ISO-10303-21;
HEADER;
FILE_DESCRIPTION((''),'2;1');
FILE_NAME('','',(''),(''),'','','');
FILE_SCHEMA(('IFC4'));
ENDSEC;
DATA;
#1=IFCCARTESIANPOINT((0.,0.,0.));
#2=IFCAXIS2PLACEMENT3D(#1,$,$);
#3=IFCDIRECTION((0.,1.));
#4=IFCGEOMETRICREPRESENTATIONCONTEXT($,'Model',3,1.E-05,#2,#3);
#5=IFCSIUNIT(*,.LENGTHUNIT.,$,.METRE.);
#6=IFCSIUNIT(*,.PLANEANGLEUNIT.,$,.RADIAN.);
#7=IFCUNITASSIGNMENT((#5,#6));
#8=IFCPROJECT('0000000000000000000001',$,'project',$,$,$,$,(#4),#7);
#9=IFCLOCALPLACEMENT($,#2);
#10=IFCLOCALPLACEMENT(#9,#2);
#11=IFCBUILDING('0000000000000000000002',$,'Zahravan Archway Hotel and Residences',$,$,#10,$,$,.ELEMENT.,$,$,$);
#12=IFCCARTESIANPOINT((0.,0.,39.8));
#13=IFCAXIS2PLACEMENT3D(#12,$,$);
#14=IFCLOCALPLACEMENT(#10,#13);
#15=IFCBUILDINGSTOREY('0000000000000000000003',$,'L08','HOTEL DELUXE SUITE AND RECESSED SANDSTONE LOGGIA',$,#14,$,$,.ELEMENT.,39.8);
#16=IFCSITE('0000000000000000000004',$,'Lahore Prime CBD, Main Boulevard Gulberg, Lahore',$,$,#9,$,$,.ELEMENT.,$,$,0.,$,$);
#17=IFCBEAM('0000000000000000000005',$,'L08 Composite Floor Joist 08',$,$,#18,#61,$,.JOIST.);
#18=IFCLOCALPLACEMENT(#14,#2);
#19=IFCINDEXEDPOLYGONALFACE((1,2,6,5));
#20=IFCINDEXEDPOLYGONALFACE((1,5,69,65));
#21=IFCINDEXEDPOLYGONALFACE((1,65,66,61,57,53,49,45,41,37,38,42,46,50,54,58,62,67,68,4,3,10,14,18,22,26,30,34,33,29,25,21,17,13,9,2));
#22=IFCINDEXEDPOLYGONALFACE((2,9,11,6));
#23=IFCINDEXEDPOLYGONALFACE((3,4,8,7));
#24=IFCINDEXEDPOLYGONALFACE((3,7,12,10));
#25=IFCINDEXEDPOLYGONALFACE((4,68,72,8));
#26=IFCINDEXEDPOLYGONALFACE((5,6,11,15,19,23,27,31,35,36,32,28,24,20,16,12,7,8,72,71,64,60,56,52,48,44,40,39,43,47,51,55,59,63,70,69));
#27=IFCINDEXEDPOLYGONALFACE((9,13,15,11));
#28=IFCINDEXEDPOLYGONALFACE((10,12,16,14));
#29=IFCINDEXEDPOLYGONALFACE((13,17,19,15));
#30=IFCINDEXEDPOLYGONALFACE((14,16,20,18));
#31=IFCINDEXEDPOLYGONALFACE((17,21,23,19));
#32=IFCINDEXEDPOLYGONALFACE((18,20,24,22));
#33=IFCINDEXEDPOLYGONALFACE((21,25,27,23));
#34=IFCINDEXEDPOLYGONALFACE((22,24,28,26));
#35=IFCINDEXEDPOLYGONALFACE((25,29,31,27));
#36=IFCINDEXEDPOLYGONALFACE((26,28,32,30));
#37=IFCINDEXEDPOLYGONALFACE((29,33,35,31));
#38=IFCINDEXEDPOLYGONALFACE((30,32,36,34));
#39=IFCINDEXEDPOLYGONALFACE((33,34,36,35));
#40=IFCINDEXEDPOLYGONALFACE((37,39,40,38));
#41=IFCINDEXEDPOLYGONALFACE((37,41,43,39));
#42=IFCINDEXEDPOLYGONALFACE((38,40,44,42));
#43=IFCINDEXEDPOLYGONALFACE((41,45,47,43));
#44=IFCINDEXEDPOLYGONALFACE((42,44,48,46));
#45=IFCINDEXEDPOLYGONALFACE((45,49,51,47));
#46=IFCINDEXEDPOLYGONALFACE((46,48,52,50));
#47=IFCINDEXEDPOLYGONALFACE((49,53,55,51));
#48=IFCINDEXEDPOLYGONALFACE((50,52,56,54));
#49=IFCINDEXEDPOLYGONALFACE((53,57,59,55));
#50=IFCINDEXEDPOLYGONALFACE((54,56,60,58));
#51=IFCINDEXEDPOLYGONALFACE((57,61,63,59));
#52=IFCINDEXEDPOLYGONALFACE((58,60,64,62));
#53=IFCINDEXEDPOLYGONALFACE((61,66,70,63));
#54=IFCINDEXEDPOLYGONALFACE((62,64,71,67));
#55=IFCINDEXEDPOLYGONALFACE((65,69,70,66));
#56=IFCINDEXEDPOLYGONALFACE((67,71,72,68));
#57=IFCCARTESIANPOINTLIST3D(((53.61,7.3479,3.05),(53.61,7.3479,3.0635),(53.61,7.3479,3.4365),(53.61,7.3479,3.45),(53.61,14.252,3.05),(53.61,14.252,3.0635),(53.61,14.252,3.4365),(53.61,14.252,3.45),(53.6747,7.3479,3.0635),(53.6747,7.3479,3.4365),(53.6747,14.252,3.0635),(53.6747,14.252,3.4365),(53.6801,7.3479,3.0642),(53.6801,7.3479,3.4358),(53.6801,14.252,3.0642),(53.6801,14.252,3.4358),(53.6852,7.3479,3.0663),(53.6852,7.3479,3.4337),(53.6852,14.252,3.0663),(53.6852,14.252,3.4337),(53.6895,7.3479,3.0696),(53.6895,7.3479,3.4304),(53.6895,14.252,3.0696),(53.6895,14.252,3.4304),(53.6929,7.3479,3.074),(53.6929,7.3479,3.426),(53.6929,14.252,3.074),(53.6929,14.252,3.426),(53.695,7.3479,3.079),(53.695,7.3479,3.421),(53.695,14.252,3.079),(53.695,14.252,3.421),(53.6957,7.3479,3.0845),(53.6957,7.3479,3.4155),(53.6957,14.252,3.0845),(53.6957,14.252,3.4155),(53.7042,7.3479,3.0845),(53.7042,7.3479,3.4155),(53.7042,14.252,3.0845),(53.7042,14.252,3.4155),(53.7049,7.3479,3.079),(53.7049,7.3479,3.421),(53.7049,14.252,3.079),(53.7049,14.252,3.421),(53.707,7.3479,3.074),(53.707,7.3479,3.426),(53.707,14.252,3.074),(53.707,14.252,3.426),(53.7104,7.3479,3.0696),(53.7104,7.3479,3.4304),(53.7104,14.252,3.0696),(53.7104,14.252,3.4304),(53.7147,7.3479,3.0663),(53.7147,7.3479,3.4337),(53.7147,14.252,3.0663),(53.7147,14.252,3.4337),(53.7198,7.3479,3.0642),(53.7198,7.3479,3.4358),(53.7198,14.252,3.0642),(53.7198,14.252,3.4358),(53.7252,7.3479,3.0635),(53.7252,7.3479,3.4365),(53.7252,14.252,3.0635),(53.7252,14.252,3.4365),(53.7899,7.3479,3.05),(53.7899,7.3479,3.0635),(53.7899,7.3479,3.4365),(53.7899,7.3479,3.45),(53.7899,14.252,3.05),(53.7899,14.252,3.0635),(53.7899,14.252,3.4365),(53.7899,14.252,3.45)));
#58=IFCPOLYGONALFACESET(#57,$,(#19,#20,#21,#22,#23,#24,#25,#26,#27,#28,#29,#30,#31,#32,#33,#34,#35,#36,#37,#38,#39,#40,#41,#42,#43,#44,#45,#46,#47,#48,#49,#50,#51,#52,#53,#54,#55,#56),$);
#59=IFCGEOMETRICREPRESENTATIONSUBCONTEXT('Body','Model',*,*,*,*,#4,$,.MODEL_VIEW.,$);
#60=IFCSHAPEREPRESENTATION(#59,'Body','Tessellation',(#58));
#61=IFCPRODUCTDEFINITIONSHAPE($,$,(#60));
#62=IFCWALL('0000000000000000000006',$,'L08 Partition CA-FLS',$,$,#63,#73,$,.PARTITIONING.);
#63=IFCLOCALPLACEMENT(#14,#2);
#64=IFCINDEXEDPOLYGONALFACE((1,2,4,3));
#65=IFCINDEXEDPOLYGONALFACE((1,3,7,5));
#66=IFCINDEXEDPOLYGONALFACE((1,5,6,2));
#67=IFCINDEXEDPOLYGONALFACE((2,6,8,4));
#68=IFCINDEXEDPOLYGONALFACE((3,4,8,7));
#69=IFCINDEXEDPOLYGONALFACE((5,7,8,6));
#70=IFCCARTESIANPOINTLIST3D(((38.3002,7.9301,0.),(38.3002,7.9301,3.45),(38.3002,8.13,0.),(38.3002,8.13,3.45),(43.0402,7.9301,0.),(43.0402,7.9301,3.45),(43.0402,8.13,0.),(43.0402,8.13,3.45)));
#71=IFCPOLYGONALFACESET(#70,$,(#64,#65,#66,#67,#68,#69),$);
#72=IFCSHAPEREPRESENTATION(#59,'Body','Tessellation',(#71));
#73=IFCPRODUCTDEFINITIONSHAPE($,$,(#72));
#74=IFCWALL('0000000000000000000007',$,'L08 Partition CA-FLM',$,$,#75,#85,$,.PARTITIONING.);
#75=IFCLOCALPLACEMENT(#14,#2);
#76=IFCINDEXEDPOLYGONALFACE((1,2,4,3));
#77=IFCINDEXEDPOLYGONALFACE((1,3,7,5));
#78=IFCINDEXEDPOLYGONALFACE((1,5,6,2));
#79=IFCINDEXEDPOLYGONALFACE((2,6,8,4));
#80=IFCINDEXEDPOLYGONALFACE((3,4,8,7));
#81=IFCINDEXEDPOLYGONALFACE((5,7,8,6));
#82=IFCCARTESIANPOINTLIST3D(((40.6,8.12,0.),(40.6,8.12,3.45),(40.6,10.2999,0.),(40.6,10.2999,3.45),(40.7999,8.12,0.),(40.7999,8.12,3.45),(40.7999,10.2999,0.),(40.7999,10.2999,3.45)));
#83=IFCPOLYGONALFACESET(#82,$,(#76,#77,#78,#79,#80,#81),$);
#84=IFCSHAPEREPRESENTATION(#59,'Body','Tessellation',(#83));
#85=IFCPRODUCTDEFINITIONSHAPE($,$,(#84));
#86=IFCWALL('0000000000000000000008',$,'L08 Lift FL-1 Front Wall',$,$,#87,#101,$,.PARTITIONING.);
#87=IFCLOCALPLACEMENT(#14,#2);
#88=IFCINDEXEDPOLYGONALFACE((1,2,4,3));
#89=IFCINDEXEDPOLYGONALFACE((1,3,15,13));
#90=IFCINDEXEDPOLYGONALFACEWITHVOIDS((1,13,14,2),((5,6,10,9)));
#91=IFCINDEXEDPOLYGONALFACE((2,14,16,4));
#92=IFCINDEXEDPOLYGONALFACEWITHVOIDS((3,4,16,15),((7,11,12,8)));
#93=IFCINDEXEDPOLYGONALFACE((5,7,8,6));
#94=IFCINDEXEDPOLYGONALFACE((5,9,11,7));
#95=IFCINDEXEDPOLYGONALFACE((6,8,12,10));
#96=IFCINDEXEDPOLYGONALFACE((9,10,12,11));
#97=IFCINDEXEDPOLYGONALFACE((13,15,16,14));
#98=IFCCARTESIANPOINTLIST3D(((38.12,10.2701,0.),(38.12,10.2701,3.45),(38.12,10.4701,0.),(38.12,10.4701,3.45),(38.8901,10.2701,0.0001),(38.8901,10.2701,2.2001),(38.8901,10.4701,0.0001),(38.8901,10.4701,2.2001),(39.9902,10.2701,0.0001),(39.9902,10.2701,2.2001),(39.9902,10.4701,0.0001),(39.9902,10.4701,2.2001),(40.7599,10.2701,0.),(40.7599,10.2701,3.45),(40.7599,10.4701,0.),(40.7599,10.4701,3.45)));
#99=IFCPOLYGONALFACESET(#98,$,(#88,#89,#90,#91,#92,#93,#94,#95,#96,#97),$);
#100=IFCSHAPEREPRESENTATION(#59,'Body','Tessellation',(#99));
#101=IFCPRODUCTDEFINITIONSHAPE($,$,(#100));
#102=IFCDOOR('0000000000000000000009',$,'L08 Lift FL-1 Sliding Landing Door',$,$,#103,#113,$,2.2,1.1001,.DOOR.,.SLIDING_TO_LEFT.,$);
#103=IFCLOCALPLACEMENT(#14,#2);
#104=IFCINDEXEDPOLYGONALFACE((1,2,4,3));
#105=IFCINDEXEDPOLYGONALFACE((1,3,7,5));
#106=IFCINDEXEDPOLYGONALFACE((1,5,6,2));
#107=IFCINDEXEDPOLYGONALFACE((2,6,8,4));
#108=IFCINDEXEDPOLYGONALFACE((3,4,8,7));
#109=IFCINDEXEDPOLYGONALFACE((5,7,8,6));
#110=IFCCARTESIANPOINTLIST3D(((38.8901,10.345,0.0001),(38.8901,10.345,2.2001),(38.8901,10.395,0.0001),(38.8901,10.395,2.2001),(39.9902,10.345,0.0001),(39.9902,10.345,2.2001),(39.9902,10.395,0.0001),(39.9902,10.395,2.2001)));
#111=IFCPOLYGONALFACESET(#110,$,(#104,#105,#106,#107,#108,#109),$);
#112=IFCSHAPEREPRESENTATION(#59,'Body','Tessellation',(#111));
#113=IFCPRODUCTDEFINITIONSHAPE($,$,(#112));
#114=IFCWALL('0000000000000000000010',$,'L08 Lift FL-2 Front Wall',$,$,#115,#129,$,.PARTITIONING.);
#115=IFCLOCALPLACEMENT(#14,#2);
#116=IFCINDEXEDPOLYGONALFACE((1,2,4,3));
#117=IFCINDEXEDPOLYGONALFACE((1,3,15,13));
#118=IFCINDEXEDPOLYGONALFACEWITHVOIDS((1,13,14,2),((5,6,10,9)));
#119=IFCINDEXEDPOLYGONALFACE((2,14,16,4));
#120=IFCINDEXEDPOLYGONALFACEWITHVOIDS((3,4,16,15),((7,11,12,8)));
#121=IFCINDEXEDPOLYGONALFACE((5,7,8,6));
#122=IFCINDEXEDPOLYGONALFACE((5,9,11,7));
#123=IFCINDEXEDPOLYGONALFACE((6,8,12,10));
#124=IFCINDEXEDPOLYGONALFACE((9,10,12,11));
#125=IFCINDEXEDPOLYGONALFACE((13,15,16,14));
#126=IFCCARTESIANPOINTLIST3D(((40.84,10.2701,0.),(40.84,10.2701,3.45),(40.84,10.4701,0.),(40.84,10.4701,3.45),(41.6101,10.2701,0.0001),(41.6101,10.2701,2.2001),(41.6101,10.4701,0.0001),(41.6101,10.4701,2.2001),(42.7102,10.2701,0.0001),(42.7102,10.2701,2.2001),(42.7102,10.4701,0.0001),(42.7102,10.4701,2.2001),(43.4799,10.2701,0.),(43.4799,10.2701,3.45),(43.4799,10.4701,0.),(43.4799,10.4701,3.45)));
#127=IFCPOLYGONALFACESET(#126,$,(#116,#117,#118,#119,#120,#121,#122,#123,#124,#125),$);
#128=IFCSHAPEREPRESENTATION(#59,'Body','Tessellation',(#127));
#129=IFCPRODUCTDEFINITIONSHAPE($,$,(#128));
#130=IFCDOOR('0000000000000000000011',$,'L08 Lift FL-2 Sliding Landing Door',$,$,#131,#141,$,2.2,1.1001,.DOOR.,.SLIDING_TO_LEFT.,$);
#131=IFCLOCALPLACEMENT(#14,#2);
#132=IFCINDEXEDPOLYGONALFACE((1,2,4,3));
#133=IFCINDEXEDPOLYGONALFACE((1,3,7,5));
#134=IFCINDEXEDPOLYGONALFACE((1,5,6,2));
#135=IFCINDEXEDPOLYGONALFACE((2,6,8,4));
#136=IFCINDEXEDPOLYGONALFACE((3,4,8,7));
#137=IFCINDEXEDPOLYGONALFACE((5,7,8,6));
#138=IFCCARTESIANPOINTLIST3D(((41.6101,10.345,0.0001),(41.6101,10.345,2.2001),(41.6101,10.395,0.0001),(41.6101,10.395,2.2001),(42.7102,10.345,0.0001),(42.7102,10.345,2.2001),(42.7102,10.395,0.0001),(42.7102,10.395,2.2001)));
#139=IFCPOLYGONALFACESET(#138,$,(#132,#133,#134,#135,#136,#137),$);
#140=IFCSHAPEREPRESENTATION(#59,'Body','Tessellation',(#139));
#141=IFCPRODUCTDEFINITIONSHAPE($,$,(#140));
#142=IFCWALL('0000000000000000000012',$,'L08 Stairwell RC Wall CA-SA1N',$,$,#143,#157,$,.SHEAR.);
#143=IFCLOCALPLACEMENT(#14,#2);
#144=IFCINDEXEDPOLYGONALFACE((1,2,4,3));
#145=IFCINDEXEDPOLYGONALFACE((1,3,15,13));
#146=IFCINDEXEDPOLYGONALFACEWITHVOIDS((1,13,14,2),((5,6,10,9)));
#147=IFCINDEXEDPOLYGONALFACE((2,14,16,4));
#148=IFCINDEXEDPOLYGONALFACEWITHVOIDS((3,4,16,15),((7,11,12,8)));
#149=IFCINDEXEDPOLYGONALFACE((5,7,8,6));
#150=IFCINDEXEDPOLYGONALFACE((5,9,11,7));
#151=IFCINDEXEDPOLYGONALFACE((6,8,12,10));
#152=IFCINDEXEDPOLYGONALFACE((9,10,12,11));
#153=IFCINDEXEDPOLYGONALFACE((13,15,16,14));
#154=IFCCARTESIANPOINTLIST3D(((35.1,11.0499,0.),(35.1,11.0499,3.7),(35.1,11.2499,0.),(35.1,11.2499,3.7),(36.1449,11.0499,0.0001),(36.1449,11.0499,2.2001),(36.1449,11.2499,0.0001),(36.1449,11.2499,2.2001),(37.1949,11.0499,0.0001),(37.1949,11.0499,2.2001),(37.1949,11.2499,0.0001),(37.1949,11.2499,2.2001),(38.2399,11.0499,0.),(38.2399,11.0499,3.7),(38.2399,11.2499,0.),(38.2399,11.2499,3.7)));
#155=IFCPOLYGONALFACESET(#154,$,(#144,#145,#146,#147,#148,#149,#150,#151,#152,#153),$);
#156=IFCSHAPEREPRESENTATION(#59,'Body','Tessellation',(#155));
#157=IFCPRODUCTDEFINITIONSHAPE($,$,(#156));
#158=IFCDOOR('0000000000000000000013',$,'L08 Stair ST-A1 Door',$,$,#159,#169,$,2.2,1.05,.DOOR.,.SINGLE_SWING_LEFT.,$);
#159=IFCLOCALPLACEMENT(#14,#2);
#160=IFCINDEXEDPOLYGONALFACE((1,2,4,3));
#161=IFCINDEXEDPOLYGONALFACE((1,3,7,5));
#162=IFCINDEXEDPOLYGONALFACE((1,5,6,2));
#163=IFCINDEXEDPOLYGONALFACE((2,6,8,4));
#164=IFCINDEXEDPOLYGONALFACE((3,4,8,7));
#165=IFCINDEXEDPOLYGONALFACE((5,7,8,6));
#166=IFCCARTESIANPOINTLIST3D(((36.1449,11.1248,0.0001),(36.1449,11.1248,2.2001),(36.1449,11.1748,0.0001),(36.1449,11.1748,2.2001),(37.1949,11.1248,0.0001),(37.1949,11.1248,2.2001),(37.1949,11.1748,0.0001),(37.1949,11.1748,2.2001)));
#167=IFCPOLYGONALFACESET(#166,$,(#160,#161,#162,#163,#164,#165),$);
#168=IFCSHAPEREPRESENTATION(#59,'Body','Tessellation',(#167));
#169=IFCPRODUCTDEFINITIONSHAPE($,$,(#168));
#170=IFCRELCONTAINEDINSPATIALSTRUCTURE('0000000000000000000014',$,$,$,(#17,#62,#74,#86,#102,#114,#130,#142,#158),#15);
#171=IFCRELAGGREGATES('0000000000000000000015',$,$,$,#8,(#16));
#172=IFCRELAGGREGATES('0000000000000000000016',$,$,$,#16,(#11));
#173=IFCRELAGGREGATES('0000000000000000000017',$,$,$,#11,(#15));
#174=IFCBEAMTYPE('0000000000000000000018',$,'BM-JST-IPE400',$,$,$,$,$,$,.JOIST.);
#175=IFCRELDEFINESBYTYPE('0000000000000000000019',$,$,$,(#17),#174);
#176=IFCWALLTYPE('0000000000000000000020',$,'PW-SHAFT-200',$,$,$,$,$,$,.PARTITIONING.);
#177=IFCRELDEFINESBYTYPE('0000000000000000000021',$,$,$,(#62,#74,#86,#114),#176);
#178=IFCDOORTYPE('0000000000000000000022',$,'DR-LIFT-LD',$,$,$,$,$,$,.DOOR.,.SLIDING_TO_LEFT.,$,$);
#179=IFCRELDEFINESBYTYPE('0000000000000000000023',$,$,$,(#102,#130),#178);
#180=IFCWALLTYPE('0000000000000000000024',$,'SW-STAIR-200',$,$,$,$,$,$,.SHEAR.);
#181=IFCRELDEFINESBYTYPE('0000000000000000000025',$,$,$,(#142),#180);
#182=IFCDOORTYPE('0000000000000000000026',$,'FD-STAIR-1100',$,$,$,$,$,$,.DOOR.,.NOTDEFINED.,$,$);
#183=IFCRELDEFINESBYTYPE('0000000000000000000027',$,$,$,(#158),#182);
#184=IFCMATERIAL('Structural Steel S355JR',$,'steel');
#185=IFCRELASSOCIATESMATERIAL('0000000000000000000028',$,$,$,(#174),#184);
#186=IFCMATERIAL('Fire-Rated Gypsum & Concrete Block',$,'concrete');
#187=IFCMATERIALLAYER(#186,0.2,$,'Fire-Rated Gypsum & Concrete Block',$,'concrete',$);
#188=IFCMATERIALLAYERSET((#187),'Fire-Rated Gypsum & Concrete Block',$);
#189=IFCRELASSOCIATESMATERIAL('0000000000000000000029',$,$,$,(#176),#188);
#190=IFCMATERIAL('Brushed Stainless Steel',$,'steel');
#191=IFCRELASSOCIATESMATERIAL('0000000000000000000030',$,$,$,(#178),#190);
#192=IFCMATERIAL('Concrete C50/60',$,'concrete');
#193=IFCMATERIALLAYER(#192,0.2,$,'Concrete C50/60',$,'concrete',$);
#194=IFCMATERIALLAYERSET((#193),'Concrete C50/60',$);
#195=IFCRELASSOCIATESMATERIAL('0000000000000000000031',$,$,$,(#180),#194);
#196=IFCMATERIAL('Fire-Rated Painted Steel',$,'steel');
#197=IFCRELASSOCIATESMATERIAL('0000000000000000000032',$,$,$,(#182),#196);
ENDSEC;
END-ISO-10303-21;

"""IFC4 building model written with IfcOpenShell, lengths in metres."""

from ifc_helpers import new_model, si_unit, direction, frame, frame_2d, origin, origin_2d, place, context, subcontext, project, spatial, rectangle, i_section, extrude, source, transform, mapped, material, layer, layer_set, material_profile, profile_set, type_object, type_shapes, element, fill, save


model = new_model("IFC4")

# Units and contexts
model_context = context("Model", 3, precision=1e-05, world=origin(), true_north=direction((0.0, 1.0)))
body_context = subcontext(model_context, "Body", "Model", "MODEL_VIEW")
ifc_project = project(units=[si_unit("LENGTHUNIT", "METRE"), si_unit("PLANEANGLEUNIT", "RADIAN")], contexts=[model_context])

# Site, building, storey
site_placement = place(None, origin())
site = spatial("IfcSite", under=ifc_project, at=site_placement, Name="Lahore Prime CBD, Main Boulevard Gulberg, Lahore", CompositionType="ELEMENT", RefElevation=0.0)
building_placement = place(site_placement, origin())
building = spatial("IfcBuilding", under=site, at=building_placement, Name="Zahravan Archway Hotel and Residences", CompositionType="ELEMENT")
storey_placement = place(building_placement, frame((0.0, 0.0, 39.8)))
storey = spatial("IfcBuildingStorey", under=building, at=storey_placement, Name="L08", Description="HOTEL DELUXE SUITE AND RECESSED SANDSTONE LOGGIA", CompositionType="ELEMENT", Elevation=39.8)

# Beam
ifc_material_1 = material(Name="Structural Steel S355JR", Category="steel")
ifc_material_profile = material_profile(ifc_material_1, i_section(OverallWidth=0.1799, OverallDepth=0.3999, WebThickness=0.0085, FlangeThickness=0.0134, FilletRadius=0.021, at=origin_2d()), Name="IPE 400", Category="steel")
ifc_profile_set = profile_set([ifc_material_profile], Name="Structural Steel S355JR")
beam_type = type_object("IfcBeamType", Name="BM-JST-IPE400", PredefinedType="JOIST", material=ifc_profile_set)
shared_shape_1 = source(origin(), body_context, "Body", "SweptSolid", [
    extrude(i_section(OverallWidth=0.1799, OverallDepth=0.3999, WebThickness=0.0085, FlangeThickness=0.0134, FilletRadius=0.021, at=origin_2d()), origin(), (0.0, 0.0, 1.0), 6.9041),
])
type_shapes(beam_type, [shared_shape_1])
beam_placement = place(storey_placement, frame((53.7, 7.3479, 3.25), z_axis=(0.0, 1.0, 0.0), x_axis=(-1.0, 0.0, 0.0)))
element("IfcBeam", 1, at=beam_placement, inside=storey, type_object=beam_type, Name="L08 Composite Floor Joist 08", PredefinedType="JOIST", context=body_context, shape_type="MappedRepresentation", body=[
    mapped(shared_shape_1, transform((0.0, 0.0, 0.0), scale=1.0)),
])

# Walls
ifc_material_2 = material(Name="Fire-Rated Gypsum & Concrete Block", Category="concrete")
ifc_layer_1 = layer(ifc_material_2, 0.2, Name="Fire-Rated Gypsum & Concrete Block", Category="concrete")
ifc_layer_set_1 = layer_set([ifc_layer_1], Name="Fire-Rated Gypsum & Concrete Block")
wall_type_1 = type_object("IfcWallType", Name="PW-SHAFT-200", PredefinedType="PARTITIONING", material=ifc_layer_set_1)
wall_1_placement = place(storey_placement, frame((38.3, 8.03, 0.0), z_axis=(0.0, 0.0, 1.0), x_axis=(1.0, 0.0, 0.0)))
element("IfcWall", 2, at=wall_1_placement, inside=storey, type_object=wall_type_1, Name="L08 Partition CA-FLS", PredefinedType="PARTITIONING", context=body_context, shape_type="SweptSolid", body=[
    extrude(rectangle(XDim=4.74, YDim=0.2, at=frame_2d((2.3701, 0.0))), origin(), (0.0, 0.0, 1.0), 3.45),
])
wall_2_placement = place(storey_placement, frame((40.7, 8.1201, 0.0), z_axis=(0.0, 0.0, 1.0), x_axis=(0.0, 1.0, 0.0)))
element("IfcWall", 3, at=wall_2_placement, inside=storey, type_object=wall_type_1, Name="L08 Partition CA-FLM", PredefinedType="PARTITIONING", context=body_context, shape_type="SweptSolid", body=[
    extrude(rectangle(XDim=2.1799, YDim=0.2, at=frame_2d((1.0898, 0.0))), origin(), (0.0, 0.0, 1.0), 3.45),
])

# Walls, openings, doors
wall_3_placement = place(storey_placement, frame((38.1201, 10.3701, 0.0), z_axis=(0.0, 0.0, 1.0), x_axis=(1.0, 0.0, 0.0)))
wall_3 = element("IfcWall", 4, at=wall_3_placement, inside=storey, type_object=wall_type_1, Name="L08 Lift FL-1 Front Wall", PredefinedType="PARTITIONING", context=body_context, shape_type="SweptSolid", body=[
    extrude(rectangle(XDim=2.6399, YDim=0.2, at=frame_2d((1.3198, 0.0))), origin(), (0.0, 0.0, 1.0), 3.45),
])
opening_1_placement = place(wall_3_placement, frame((0.77, 0.0, 0.0)))
opening_1 = element("IfcOpeningElement", 5, at=opening_1_placement, cuts=wall_3, PredefinedType="OPENING", context=body_context, shape_type="SweptSolid", body=[
    extrude(rectangle(XDim=1.1001, YDim=2.2, at=frame_2d((0.55, 1.1001))), frame((0.0, 0.1099, 0.0), z_axis=(0.0, -1.0, 0.0), x_axis=(1.0, 0.0, 0.0)), (0.0, 0.0, 1.0), 0.22),
])
ifc_material_3 = material(Name="Brushed Stainless Steel", Category="steel")
door_type_1 = type_object("IfcDoorType", Name="DR-LIFT-LD", OperationType="SLIDING_TO_LEFT", PredefinedType="DOOR", material=ifc_material_3)
shared_shape_2 = source(origin(), body_context, "Body", "SweptSolid", [
    extrude(rectangle(XDim=1.1001, YDim=2.2, at=frame_2d((0.55, 1.1001))), frame((0.0, 0.0249, 0.0), z_axis=(0.0, -1.0, 0.0), x_axis=(1.0, 0.0, 0.0)), (0.0, 0.0, 1.0), 0.05),
])
type_shapes(door_type_1, [shared_shape_2])
door_1_placement = place(opening_1_placement, origin())
door_1 = element("IfcDoor", 6, at=door_1_placement, inside=storey, type_object=door_type_1, Name="L08 Lift FL-1 Sliding Landing Door", OperationType="SLIDING_TO_LEFT", OverallHeight=2.2, OverallWidth=1.1001, PredefinedType="DOOR", context=body_context, shape_type="MappedRepresentation", body=[
    mapped(shared_shape_2, transform((0.0, 0.0, 0.0), scale=1.0)),
])
fill(opening_1, door_1)
wall_4_placement = place(storey_placement, frame((40.8401, 10.3701, 0.0), z_axis=(0.0, 0.0, 1.0), x_axis=(1.0, 0.0, 0.0)))
wall_4 = element("IfcWall", 7, at=wall_4_placement, inside=storey, type_object=wall_type_1, Name="L08 Lift FL-2 Front Wall", PredefinedType="PARTITIONING", context=body_context, shape_type="SweptSolid", body=[
    extrude(rectangle(XDim=2.6399, YDim=0.2, at=frame_2d((1.3198, 0.0))), origin(), (0.0, 0.0, 1.0), 3.45),
])
opening_2_placement = place(wall_4_placement, frame((0.77, 0.0, 0.0)))
opening_2 = element("IfcOpeningElement", 8, at=opening_2_placement, cuts=wall_4, PredefinedType="OPENING", context=body_context, shape_type="SweptSolid", body=[
    extrude(rectangle(XDim=1.1001, YDim=2.2, at=frame_2d((0.55, 1.1001))), frame((0.0, 0.1099, 0.0), z_axis=(0.0, -1.0, 0.0), x_axis=(1.0, 0.0, 0.0)), (0.0, 0.0, 1.0), 0.22),
])
door_2_placement = place(opening_2_placement, origin())
door_2 = element("IfcDoor", 9, at=door_2_placement, inside=storey, type_object=door_type_1, Name="L08 Lift FL-2 Sliding Landing Door", OperationType="SLIDING_TO_LEFT", OverallHeight=2.2, OverallWidth=1.1001, PredefinedType="DOOR", context=body_context, shape_type="MappedRepresentation", body=[
    mapped(shared_shape_2, transform((0.0, 0.0, 0.0), scale=1.0)),
])
fill(opening_2, door_2)
ifc_material_4 = material(Name="Concrete C50/60", Category="concrete")
ifc_layer_2 = layer(ifc_material_4, 0.2, Name="Concrete C50/60", Category="concrete")
ifc_layer_set_2 = layer_set([ifc_layer_2], Name="Concrete C50/60")
wall_type_2 = type_object("IfcWallType", Name="SW-STAIR-200", PredefinedType="SHEAR", material=ifc_layer_set_2)
wall_5_placement = place(storey_placement, frame((35.1001, 11.1499, 0.0), z_axis=(0.0, 0.0, 1.0), x_axis=(1.0, 0.0, 0.0)))
wall_5 = element("IfcWall", 10, at=wall_5_placement, inside=storey, type_object=wall_type_2, Name="L08 Stairwell RC Wall CA-SA1N", PredefinedType="SHEAR", context=body_context, shape_type="SweptSolid", body=[
    extrude(rectangle(XDim=3.1399, YDim=0.2, at=frame_2d((1.5698, 0.0))), origin(), (0.0, 0.0, 1.0), 3.7),
])
opening_3_placement = place(wall_5_placement, frame((1.0449, 0.0, 0.0)))
opening_3 = element("IfcOpeningElement", 11, at=opening_3_placement, cuts=wall_5, PredefinedType="OPENING", context=body_context, shape_type="SweptSolid", body=[
    extrude(rectangle(XDim=1.05, YDim=2.2, at=frame_2d((0.5249, 1.1001))), frame((0.0, 0.1099, 0.0), z_axis=(0.0, -1.0, 0.0), x_axis=(1.0, 0.0, 0.0)), (0.0, 0.0, 1.0), 0.22),
])
ifc_material_5 = material(Name="Fire-Rated Painted Steel", Category="steel")
door_type_2 = type_object("IfcDoorType", Name="FD-STAIR-1100", OperationType="NOTDEFINED", PredefinedType="DOOR", material=ifc_material_5)
shared_shape_3 = source(origin(), body_context, "Body", "SweptSolid", [
    extrude(rectangle(XDim=1.05, YDim=2.2, at=frame_2d((0.5249, 1.1001))), frame((0.0, 0.0249, 0.0), z_axis=(0.0, -1.0, 0.0), x_axis=(1.0, 0.0, 0.0)), (0.0, 0.0, 1.0), 0.05),
])
type_shapes(door_type_2, [shared_shape_3])
door_3_placement = place(opening_3_placement, origin())
door_3 = element("IfcDoor", 12, at=door_3_placement, inside=storey, type_object=door_type_2, Name="L08 Stair ST-A1 Door", OperationType="SINGLE_SWING_LEFT", OverallHeight=2.2, OverallWidth=1.05, PredefinedType="DOOR", context=body_context, shape_type="MappedRepresentation", body=[
    mapped(shared_shape_3, transform((0.0, 0.0, 0.0), scale=1.0)),
])
fill(opening_3, door_3)

save(model, "model.ifc")
